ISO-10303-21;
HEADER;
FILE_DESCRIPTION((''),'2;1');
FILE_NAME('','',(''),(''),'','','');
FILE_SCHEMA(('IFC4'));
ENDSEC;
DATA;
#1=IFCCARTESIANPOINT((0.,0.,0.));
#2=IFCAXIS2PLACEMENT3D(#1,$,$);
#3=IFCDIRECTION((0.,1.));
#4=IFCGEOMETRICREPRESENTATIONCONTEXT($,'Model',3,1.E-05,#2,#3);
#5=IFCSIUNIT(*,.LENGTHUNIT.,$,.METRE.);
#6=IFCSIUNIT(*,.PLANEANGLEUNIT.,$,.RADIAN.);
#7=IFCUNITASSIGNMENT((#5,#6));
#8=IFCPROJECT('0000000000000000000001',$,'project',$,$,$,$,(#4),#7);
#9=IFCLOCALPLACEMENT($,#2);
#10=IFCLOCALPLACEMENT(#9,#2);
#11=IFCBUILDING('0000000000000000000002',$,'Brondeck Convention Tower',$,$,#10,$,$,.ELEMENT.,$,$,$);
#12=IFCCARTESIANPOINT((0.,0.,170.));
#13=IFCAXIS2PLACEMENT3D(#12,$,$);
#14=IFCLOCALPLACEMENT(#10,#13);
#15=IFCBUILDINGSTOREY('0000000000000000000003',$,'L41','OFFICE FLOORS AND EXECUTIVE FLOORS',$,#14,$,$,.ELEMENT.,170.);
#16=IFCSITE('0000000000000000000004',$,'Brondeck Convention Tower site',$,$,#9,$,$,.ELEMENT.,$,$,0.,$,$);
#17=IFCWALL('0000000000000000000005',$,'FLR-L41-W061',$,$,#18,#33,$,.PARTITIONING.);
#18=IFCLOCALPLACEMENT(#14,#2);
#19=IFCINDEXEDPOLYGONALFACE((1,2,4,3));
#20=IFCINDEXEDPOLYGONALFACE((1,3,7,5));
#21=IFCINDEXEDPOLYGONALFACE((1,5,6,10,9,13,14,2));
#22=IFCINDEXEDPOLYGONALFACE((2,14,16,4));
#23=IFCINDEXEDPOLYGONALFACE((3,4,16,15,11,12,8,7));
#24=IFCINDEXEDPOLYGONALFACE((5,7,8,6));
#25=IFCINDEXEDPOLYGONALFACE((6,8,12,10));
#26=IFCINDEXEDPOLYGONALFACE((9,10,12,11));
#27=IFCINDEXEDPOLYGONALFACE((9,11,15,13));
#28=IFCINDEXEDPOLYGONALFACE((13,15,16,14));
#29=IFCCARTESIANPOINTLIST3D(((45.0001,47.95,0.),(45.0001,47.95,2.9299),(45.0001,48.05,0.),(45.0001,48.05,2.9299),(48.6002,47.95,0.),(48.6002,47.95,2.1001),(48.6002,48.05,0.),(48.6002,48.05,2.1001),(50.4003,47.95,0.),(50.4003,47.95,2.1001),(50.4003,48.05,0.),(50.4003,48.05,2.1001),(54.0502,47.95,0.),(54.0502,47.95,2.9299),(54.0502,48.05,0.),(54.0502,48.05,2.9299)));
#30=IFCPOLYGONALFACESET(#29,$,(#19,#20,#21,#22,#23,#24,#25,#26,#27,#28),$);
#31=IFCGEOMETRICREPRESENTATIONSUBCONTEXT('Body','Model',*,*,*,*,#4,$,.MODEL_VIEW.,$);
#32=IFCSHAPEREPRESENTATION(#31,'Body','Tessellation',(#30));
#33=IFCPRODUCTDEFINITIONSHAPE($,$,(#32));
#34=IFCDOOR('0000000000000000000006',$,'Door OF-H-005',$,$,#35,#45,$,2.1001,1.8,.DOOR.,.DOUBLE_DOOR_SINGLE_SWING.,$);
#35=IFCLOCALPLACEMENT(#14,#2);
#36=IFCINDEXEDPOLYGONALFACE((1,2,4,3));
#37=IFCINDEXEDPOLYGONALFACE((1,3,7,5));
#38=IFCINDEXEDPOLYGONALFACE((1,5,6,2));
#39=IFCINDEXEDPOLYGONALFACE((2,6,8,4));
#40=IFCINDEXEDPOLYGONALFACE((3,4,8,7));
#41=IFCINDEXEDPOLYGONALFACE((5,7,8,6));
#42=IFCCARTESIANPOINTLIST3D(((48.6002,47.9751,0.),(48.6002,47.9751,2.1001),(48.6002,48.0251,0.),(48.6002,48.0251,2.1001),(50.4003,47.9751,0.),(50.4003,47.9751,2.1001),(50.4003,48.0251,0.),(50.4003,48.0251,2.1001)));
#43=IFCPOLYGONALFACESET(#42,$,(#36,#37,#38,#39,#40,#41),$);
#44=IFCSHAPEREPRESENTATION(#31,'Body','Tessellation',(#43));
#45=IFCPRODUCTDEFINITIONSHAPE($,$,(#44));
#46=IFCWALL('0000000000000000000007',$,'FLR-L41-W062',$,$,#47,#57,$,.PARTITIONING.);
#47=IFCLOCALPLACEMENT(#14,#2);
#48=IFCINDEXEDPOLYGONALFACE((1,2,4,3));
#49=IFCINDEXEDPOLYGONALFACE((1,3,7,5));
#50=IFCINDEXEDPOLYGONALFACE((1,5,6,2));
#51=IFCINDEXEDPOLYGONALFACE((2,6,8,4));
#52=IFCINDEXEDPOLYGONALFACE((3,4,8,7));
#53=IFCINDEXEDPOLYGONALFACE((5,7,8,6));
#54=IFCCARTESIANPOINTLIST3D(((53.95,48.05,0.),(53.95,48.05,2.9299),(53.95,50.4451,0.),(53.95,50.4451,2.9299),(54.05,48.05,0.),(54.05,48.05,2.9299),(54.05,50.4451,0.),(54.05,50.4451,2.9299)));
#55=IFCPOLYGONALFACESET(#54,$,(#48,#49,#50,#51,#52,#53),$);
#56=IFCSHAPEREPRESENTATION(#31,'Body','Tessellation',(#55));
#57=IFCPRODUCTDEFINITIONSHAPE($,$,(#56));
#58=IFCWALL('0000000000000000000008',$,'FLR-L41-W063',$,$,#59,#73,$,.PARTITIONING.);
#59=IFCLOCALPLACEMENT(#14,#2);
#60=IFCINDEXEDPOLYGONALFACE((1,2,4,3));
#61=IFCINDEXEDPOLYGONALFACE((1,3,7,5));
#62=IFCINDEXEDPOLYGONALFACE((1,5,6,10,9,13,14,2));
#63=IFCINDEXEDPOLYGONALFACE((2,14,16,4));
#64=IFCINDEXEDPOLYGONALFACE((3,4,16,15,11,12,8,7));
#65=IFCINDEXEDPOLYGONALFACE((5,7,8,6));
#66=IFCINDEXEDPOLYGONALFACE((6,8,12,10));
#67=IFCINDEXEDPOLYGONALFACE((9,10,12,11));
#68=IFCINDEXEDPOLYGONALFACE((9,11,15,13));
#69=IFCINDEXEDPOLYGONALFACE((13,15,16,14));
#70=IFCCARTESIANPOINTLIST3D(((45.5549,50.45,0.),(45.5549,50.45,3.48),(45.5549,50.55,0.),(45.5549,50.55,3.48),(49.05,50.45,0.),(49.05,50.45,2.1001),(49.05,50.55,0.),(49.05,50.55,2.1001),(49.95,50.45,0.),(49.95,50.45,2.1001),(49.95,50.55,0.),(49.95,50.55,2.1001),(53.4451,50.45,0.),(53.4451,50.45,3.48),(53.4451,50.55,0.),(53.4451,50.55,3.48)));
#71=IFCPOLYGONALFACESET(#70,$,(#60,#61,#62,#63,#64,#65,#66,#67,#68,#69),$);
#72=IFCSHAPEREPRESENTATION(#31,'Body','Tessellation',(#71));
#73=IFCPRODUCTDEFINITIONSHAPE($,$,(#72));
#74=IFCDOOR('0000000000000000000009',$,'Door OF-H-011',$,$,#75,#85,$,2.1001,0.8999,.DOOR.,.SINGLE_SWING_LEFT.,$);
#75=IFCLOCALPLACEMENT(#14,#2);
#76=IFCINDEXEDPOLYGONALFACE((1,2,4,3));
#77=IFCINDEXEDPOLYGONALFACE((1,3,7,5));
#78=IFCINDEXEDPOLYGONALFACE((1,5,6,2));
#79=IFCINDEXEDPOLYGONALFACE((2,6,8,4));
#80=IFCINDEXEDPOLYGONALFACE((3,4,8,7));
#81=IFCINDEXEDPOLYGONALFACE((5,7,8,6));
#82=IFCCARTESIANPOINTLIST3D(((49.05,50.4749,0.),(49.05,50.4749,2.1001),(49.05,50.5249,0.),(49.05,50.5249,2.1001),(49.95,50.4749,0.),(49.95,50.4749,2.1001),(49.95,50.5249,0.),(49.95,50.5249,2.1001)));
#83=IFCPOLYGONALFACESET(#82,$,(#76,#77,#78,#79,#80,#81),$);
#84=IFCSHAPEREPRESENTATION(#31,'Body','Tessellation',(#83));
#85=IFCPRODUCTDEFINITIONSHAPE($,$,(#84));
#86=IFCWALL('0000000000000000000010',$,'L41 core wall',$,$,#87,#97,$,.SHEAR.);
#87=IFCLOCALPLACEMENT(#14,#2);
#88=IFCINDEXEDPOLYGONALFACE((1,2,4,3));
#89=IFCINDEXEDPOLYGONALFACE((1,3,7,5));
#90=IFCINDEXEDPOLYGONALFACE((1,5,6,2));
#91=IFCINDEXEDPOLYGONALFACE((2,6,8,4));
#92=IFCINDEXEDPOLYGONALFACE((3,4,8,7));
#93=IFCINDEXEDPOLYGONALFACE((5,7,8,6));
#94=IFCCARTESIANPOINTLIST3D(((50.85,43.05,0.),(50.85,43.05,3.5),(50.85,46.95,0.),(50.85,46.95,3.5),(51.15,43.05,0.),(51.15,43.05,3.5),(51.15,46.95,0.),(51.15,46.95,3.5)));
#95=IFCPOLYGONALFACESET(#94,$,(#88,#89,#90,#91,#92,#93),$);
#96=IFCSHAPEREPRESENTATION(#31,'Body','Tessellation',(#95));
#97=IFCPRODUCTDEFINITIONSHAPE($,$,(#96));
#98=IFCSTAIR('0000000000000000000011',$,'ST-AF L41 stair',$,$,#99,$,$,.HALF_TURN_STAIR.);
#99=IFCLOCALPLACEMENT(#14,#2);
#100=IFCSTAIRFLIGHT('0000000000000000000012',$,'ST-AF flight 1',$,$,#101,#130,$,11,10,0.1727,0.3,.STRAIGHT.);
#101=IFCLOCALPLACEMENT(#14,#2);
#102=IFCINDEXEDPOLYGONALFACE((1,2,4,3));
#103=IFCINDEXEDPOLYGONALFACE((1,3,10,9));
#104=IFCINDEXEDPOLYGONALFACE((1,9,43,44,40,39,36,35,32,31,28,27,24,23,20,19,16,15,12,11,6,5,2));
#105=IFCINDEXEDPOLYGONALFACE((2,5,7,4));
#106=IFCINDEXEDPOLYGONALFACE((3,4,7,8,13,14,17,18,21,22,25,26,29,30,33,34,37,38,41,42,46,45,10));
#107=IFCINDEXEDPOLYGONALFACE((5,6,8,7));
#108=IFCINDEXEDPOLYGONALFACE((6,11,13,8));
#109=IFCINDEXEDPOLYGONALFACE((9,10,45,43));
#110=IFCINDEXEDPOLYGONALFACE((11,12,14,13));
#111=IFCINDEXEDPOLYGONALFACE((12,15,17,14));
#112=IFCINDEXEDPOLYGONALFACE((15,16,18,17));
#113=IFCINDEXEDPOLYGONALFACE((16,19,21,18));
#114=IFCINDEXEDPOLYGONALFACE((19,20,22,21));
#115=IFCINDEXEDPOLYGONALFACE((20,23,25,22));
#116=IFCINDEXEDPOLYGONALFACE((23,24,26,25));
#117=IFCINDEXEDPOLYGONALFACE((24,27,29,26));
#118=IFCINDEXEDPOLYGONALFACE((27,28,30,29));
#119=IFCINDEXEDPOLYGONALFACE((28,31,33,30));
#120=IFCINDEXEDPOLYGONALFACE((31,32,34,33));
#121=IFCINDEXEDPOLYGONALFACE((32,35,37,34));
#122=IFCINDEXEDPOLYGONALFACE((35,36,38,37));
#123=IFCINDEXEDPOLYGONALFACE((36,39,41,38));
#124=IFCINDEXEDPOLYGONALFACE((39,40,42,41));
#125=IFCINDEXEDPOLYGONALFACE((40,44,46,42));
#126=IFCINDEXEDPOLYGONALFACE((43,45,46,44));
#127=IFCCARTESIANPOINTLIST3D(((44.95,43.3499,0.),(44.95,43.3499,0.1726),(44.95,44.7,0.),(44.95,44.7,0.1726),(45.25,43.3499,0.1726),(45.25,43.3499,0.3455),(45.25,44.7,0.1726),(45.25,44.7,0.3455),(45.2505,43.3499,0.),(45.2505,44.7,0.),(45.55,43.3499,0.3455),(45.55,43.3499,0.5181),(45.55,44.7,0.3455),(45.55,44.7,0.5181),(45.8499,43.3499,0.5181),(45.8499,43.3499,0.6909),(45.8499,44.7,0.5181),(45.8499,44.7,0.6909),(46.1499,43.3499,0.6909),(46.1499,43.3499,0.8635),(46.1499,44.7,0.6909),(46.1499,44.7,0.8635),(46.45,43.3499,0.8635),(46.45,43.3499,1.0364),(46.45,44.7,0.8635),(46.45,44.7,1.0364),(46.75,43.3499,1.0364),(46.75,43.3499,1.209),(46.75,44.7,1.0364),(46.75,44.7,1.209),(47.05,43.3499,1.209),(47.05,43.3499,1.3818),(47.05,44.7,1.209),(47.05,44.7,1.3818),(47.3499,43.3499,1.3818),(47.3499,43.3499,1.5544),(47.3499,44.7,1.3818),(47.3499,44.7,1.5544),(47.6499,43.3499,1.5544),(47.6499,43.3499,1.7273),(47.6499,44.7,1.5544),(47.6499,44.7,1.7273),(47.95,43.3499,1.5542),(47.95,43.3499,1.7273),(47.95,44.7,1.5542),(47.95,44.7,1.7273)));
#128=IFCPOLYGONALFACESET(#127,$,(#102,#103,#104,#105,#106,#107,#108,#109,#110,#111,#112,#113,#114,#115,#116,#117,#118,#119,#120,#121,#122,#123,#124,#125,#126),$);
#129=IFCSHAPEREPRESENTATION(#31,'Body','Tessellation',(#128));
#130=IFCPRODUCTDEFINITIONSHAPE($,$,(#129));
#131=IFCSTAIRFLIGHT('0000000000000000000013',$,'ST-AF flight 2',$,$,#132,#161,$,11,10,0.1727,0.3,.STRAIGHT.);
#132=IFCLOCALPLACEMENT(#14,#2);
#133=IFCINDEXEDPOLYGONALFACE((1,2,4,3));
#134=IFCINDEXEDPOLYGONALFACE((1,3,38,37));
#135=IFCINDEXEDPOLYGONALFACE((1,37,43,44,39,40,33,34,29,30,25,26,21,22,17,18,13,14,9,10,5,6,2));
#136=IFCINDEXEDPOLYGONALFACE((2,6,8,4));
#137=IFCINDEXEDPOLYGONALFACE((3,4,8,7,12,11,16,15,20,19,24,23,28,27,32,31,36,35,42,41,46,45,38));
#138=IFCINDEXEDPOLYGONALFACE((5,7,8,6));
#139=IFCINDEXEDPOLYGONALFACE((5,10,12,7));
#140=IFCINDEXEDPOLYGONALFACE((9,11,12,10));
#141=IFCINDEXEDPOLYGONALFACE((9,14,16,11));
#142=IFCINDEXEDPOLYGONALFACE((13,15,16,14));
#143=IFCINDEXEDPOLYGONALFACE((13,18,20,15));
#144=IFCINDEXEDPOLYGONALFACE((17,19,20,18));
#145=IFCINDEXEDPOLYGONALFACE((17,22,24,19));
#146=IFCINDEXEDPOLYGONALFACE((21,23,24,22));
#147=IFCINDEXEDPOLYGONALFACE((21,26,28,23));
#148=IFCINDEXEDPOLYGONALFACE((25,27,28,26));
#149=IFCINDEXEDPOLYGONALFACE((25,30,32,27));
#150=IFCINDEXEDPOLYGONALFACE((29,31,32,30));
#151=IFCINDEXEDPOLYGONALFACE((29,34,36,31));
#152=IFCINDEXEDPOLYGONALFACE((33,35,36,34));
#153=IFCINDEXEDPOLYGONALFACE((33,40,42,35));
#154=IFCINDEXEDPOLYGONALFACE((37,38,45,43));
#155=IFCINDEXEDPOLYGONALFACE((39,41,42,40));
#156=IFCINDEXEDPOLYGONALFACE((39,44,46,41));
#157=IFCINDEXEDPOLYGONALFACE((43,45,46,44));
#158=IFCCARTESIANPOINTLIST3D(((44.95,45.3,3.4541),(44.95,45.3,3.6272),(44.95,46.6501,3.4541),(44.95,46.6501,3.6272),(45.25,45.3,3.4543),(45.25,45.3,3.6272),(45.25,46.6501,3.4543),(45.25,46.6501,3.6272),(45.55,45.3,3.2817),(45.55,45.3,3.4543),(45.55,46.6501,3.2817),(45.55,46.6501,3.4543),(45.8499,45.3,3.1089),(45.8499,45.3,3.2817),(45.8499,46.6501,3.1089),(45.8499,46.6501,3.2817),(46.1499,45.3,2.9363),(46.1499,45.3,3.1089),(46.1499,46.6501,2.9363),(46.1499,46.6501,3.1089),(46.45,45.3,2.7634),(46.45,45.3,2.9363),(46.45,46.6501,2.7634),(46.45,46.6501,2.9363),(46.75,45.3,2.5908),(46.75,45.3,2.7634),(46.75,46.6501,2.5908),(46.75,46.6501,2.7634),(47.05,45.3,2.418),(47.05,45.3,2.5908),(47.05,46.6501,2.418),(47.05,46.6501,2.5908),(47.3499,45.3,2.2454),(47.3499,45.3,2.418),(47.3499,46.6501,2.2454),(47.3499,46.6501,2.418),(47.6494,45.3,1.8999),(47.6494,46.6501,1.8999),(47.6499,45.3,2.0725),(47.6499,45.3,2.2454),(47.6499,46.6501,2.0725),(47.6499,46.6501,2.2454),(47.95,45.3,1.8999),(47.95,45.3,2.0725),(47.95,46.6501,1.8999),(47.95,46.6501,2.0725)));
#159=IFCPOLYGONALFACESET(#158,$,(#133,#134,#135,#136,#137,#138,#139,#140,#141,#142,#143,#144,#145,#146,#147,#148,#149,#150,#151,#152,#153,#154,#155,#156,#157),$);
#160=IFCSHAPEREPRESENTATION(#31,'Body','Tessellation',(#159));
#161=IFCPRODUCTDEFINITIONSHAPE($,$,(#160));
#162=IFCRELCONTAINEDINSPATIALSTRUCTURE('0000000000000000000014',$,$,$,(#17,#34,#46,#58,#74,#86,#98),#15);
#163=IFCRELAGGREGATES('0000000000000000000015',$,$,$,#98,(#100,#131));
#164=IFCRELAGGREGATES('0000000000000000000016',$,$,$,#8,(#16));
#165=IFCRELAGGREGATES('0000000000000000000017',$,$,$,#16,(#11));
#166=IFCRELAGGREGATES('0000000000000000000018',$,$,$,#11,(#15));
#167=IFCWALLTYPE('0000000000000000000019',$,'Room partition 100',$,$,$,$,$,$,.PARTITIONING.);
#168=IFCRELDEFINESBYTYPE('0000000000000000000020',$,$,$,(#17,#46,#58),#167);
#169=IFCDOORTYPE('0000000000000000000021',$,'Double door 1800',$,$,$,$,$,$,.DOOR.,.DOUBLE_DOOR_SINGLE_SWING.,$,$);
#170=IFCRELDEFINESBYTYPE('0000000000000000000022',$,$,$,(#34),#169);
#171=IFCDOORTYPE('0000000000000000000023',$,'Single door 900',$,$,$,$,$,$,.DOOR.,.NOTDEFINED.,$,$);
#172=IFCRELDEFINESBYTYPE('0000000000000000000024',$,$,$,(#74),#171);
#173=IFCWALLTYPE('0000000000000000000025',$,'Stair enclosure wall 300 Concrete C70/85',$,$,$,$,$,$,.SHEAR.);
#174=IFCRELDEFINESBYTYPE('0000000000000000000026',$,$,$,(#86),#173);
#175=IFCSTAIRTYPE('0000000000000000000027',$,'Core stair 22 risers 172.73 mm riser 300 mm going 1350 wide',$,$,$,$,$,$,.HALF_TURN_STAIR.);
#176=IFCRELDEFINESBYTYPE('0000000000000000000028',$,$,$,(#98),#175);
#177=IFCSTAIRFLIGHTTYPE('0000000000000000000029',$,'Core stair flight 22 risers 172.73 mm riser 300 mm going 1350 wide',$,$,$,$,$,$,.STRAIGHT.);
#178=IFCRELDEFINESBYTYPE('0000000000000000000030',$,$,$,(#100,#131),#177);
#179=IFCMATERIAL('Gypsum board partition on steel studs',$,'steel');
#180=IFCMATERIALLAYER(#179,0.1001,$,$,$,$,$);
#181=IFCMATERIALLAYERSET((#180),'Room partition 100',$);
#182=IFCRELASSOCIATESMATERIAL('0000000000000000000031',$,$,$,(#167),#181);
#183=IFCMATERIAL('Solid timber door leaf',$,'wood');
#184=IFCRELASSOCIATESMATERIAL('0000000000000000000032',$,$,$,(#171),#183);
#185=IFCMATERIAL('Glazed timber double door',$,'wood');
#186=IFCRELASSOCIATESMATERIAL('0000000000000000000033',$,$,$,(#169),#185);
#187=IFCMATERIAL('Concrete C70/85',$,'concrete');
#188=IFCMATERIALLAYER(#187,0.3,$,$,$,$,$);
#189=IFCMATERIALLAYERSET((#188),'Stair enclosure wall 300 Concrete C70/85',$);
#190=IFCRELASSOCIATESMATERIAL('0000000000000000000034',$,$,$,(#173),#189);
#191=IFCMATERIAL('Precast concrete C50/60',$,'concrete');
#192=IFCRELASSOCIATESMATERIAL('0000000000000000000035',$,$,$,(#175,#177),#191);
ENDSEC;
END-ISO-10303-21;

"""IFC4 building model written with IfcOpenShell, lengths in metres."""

from ifc_helpers import new_model, si_unit, direction, frame, frame_2d, origin, place, context, subcontext, project, spatial, polyline, rectangle, outline, extrude, material, layer, layer_set, type_object, element, fill, aggregate, save


model = new_model("IFC4")

# Units and contexts
model_context = context("Model", 3, precision=1e-05, world=origin(), true_north=direction((0.0, 1.0)))
body_context = subcontext(model_context, "Body", "Model", "MODEL_VIEW")
ifc_project = project(units=[si_unit("LENGTHUNIT", "METRE"), si_unit("PLANEANGLEUNIT", "RADIAN")], contexts=[model_context])

# Site, building, storey
site_placement = place(None, origin())
site = spatial("IfcSite", under=ifc_project, at=site_placement, Name="Brondeck Convention Tower site", CompositionType="ELEMENT", RefElevation=0.0)
building_placement = place(site_placement, origin())
building = spatial("IfcBuilding", under=site, at=building_placement, Name="Brondeck Convention Tower", CompositionType="ELEMENT")
storey_placement = place(building_placement, frame((0.0, 0.0, 170.0)))
storey = spatial("IfcBuildingStorey", under=building, at=storey_placement, Name="L41", Description="OFFICE FLOORS AND EXECUTIVE FLOORS", CompositionType="ELEMENT", Elevation=170.0)

# Shared definitions
ifc_material_1 = material(Name="Concrete C70/85", Category="concrete")

# Shared definitions
ifc_material_2 = material(Name="Gypsum board partition on steel studs", Category="steel")
ifc_layer_1 = layer(ifc_material_2, 0.1001)
ifc_layer_set_1 = layer_set([ifc_layer_1], Name="Room partition 100")
wall_type_1 = type_object("IfcWallType", Name="Room partition 100", PredefinedType="PARTITIONING", material=ifc_layer_set_1)

# Wall, opening, door
ifc_material_3 = material(Name="Solid timber door leaf", Category="wood")
door_type_1 = type_object("IfcDoorType", Name="Single door 900", OperationType="NOTDEFINED", PredefinedType="DOOR", material=ifc_material_3)
wall_1_placement = place(storey_placement, frame((54.05, 48.0, 0.0), z_axis=(0.0, 0.0, 1.0), x_axis=(-1.0, 0.0, 0.0)))
wall_1 = element("IfcWall", 1, at=wall_1_placement, inside=storey, type_object=wall_type_1, Name="FLR-L41-W061", PredefinedType="PARTITIONING", context=body_context, shape_type="SweptSolid", body=[
    extrude(rectangle(XDim=9.05, YDim=0.1001, at=frame_2d((4.5249, 0.0))), origin(), (0.0, 0.0, 1.0), 2.9299),
])
opening_1_placement = place(wall_1_placement, frame((3.6499, 0.0, 0.0)))
opening_1 = element("IfcOpeningElement", 2, at=opening_1_placement, cuts=wall_1, PredefinedType="OPENING", context=body_context, shape_type="SweptSolid", body=[
    extrude(rectangle(XDim=1.8, YDim=2.1001, at=frame_2d((0.8999, 1.05))), frame((0.0, 0.0601, 0.0), z_axis=(0.0, -1.0, 0.0), x_axis=(1.0, 0.0, 0.0)), (0.0, 0.0, 1.0), 0.1201),
])
ifc_material_4 = material(Name="Glazed timber double door", Category="wood")
door_type_2 = type_object("IfcDoorType", Name="Double door 1800", OperationType="DOUBLE_DOOR_SINGLE_SWING", PredefinedType="DOOR", material=ifc_material_4)
door_1_placement = place(opening_1_placement, origin())
door_1 = element("IfcDoor", 3, at=door_1_placement, inside=storey, type_object=door_type_2, Name="Door OF-H-005", OperationType="DOUBLE_DOOR_SINGLE_SWING", OverallHeight=2.1001, OverallWidth=1.8, PredefinedType="DOOR", context=body_context, shape_type="SweptSolid", body=[
    extrude(rectangle(XDim=1.8, YDim=2.1001, at=frame_2d((0.8999, 1.05))), frame((0.0, 0.0249, 0.0), z_axis=(0.0, -1.0, 0.0), x_axis=(1.0, 0.0, 0.0)), (0.0, 0.0, 1.0), 0.05),
])
fill(opening_1, door_1)

# Wall
wall_2_placement = place(storey_placement, frame((54.0, 50.4451, 0.0), z_axis=(0.0, 0.0, 1.0), x_axis=(0.0, -1.0, 0.0)))
element("IfcWall", 4, at=wall_2_placement, inside=storey, type_object=wall_type_1, Name="FLR-L41-W062", PredefinedType="PARTITIONING", context=body_context, shape_type="SweptSolid", body=[
    extrude(rectangle(XDim=2.395, YDim=0.1001, at=frame_2d((1.1975, 0.0))), origin(), (0.0, 0.0, 1.0), 2.9299),
])

# Wall, opening, door
wall_3_placement = place(storey_placement, frame((45.5549, 50.5, 0.0), z_axis=(0.0, 0.0, 1.0), x_axis=(1.0, 0.0, 0.0)))
wall_3 = element("IfcWall", 5, at=wall_3_placement, inside=storey, type_object=wall_type_1, Name="FLR-L41-W063", PredefinedType="PARTITIONING", context=body_context, shape_type="SweptSolid", body=[
    extrude(rectangle(XDim=7.8901, YDim=0.1001, at=frame_2d((3.9451, 0.0))), origin(), (0.0, 0.0, 1.0), 3.48),
])
opening_2_placement = place(wall_3_placement, frame((3.4951, 0.0, 0.0)))
opening_2 = element("IfcOpeningElement", 6, at=opening_2_placement, cuts=wall_3, PredefinedType="OPENING", context=body_context, shape_type="SweptSolid", body=[
    extrude(rectangle(XDim=0.8999, YDim=2.1001, at=frame_2d((0.45, 1.05))), frame((0.0, 0.0601, 0.0), z_axis=(0.0, -1.0, 0.0), x_axis=(1.0, 0.0, 0.0)), (0.0, 0.0, 1.0), 0.1201),
])
door_2_placement = place(opening_2_placement, origin())
door_2 = element("IfcDoor", 7, at=door_2_placement, inside=storey, type_object=door_type_1, Name="Door OF-H-011", OperationType="SINGLE_SWING_LEFT", OverallHeight=2.1001, OverallWidth=0.8999, PredefinedType="DOOR", context=body_context, shape_type="SweptSolid", body=[
    extrude(rectangle(XDim=0.8999, YDim=2.1001, at=frame_2d((0.45, 1.05))), frame((0.0, 0.0249, 0.0), z_axis=(0.0, -1.0, 0.0), x_axis=(1.0, 0.0, 0.0)), (0.0, 0.0, 1.0), 0.05),
])
fill(opening_2, door_2)

# Wall
ifc_layer_2 = layer(ifc_material_1, 0.3)
ifc_layer_set_2 = layer_set([ifc_layer_2], Name="Stair enclosure wall 300 Concrete C70/85")
wall_type_2 = type_object("IfcWallType", Name="Stair enclosure wall 300 Concrete C70/85", PredefinedType="SHEAR", material=ifc_layer_set_2)
wall_4_placement = place(storey_placement, frame((51.0, 43.05, 0.0), z_axis=(0.0, 0.0, 1.0), x_axis=(0.0, 1.0, 0.0)))
element("IfcWall", 8, at=wall_4_placement, inside=storey, type_object=wall_type_2, Name="L41 core wall", PredefinedType="SHEAR", context=body_context, shape_type="SweptSolid", body=[
    extrude(rectangle(XDim=3.8999, YDim=0.3, at=frame_2d((1.95, 0.0))), origin(), (0.0, 0.0, 1.0), 3.5),
])

# Stair, stair flights
ifc_material_5 = material(Name="Precast concrete C50/60", Category="concrete")
stair_type = type_object("IfcStairType", Name="Core stair 22 risers 172.73 mm riser 300 mm going 1350 wide", PredefinedType="HALF_TURN_STAIR", material=ifc_material_5)
stair_placement = place(storey_placement, origin())
stair = element("IfcStair", 9, at=stair_placement, inside=storey, type_object=stair_type, Name="ST-AF L41 stair", PredefinedType="HALF_TURN_STAIR")
stair_flight_type = type_object("IfcStairFlightType", Name="Core stair flight 22 risers 172.73 mm riser 300 mm going 1350 wide", PredefinedType="STRAIGHT", material=ifc_material_5)
stair_flight_1_placement = place(storey_placement, frame((44.95, 44.0249, 0.0), z_axis=(0.0, 0.0, 1.0), x_axis=(1.0, 0.0, 0.0)))
stair_flight_1 = element("IfcStairFlight", 10, at=stair_flight_1_placement, type_object=stair_flight_type, Name="ST-AF flight 1", NumberOfRisers=11, NumberOfTreads=10, PredefinedType="STRAIGHT", RiserHeight=0.1727, TreadLength=0.3, context=body_context, shape_type="SweptSolid", body=[
    extrude(outline(polyline([(0.0, 0.0), (0.0, 0.1726), (0.3, 0.1726), (0.3, 0.3455), (0.6001, 0.3455), (0.6001, 0.5181), (0.8999, 0.5181), (0.8999, 0.6909), (1.2, 0.6909), (1.2, 0.8635), (1.5, 0.8635), (1.5, 1.0364), (1.8, 1.0364), (1.8, 1.209), (2.1001, 1.209), (2.1001, 1.3818), (2.3999, 1.3818), (2.3999, 1.5544), (2.7, 1.5544), (2.7, 1.7273), (3.0, 1.7273), (3.0, 1.8999), (3.0, 1.5542), (0.3005, 0.0), (0.0, 0.0)])), frame((0.0, 0.675, 0.0), z_axis=(0.0, -1.0, 0.0), x_axis=(1.0, 0.0, 0.0)), (0.0, 0.0, 1.0), 1.3501),
])
stair_flight_2_placement = place(storey_placement, frame((47.95, 45.9751, 1.8999), z_axis=(0.0, 0.0, 1.0), x_axis=(-1.0, 0.0, 0.0)))
stair_flight_2 = element("IfcStairFlight", 11, at=stair_flight_2_placement, type_object=stair_flight_type, Name="ST-AF flight 2", NumberOfRisers=11, NumberOfTreads=10, PredefinedType="STRAIGHT", RiserHeight=0.1727, TreadLength=0.3, context=body_context, shape_type="SweptSolid", body=[
    extrude(outline(polyline([(0.0, 0.0), (0.0, 0.1726), (0.3, 0.1726), (0.3, 0.3455), (0.6001, 0.3455), (0.6001, 0.5181), (0.8999, 0.5181), (0.8999, 0.6909), (1.2, 0.6909), (1.2, 0.8635), (1.5, 0.8635), (1.5, 1.0364), (1.8, 1.0364), (1.8, 1.209), (2.1001, 1.209), (2.1001, 1.3818), (2.3999, 1.3818), (2.3999, 1.5544), (2.7, 1.5544), (2.7, 1.7273), (3.0, 1.7273), (3.0, 1.8999), (3.0, 1.5542), (0.3005, 0.0), (0.0, 0.0)])), frame((0.0, 0.675, 0.0), z_axis=(0.0, -1.0, 0.0), x_axis=(1.0, 0.0, 0.0)), (0.0, 0.0, 1.0), 1.3501),
])
aggregate(stair, [stair_flight_1, stair_flight_2])

save(model, "model.ifc")
